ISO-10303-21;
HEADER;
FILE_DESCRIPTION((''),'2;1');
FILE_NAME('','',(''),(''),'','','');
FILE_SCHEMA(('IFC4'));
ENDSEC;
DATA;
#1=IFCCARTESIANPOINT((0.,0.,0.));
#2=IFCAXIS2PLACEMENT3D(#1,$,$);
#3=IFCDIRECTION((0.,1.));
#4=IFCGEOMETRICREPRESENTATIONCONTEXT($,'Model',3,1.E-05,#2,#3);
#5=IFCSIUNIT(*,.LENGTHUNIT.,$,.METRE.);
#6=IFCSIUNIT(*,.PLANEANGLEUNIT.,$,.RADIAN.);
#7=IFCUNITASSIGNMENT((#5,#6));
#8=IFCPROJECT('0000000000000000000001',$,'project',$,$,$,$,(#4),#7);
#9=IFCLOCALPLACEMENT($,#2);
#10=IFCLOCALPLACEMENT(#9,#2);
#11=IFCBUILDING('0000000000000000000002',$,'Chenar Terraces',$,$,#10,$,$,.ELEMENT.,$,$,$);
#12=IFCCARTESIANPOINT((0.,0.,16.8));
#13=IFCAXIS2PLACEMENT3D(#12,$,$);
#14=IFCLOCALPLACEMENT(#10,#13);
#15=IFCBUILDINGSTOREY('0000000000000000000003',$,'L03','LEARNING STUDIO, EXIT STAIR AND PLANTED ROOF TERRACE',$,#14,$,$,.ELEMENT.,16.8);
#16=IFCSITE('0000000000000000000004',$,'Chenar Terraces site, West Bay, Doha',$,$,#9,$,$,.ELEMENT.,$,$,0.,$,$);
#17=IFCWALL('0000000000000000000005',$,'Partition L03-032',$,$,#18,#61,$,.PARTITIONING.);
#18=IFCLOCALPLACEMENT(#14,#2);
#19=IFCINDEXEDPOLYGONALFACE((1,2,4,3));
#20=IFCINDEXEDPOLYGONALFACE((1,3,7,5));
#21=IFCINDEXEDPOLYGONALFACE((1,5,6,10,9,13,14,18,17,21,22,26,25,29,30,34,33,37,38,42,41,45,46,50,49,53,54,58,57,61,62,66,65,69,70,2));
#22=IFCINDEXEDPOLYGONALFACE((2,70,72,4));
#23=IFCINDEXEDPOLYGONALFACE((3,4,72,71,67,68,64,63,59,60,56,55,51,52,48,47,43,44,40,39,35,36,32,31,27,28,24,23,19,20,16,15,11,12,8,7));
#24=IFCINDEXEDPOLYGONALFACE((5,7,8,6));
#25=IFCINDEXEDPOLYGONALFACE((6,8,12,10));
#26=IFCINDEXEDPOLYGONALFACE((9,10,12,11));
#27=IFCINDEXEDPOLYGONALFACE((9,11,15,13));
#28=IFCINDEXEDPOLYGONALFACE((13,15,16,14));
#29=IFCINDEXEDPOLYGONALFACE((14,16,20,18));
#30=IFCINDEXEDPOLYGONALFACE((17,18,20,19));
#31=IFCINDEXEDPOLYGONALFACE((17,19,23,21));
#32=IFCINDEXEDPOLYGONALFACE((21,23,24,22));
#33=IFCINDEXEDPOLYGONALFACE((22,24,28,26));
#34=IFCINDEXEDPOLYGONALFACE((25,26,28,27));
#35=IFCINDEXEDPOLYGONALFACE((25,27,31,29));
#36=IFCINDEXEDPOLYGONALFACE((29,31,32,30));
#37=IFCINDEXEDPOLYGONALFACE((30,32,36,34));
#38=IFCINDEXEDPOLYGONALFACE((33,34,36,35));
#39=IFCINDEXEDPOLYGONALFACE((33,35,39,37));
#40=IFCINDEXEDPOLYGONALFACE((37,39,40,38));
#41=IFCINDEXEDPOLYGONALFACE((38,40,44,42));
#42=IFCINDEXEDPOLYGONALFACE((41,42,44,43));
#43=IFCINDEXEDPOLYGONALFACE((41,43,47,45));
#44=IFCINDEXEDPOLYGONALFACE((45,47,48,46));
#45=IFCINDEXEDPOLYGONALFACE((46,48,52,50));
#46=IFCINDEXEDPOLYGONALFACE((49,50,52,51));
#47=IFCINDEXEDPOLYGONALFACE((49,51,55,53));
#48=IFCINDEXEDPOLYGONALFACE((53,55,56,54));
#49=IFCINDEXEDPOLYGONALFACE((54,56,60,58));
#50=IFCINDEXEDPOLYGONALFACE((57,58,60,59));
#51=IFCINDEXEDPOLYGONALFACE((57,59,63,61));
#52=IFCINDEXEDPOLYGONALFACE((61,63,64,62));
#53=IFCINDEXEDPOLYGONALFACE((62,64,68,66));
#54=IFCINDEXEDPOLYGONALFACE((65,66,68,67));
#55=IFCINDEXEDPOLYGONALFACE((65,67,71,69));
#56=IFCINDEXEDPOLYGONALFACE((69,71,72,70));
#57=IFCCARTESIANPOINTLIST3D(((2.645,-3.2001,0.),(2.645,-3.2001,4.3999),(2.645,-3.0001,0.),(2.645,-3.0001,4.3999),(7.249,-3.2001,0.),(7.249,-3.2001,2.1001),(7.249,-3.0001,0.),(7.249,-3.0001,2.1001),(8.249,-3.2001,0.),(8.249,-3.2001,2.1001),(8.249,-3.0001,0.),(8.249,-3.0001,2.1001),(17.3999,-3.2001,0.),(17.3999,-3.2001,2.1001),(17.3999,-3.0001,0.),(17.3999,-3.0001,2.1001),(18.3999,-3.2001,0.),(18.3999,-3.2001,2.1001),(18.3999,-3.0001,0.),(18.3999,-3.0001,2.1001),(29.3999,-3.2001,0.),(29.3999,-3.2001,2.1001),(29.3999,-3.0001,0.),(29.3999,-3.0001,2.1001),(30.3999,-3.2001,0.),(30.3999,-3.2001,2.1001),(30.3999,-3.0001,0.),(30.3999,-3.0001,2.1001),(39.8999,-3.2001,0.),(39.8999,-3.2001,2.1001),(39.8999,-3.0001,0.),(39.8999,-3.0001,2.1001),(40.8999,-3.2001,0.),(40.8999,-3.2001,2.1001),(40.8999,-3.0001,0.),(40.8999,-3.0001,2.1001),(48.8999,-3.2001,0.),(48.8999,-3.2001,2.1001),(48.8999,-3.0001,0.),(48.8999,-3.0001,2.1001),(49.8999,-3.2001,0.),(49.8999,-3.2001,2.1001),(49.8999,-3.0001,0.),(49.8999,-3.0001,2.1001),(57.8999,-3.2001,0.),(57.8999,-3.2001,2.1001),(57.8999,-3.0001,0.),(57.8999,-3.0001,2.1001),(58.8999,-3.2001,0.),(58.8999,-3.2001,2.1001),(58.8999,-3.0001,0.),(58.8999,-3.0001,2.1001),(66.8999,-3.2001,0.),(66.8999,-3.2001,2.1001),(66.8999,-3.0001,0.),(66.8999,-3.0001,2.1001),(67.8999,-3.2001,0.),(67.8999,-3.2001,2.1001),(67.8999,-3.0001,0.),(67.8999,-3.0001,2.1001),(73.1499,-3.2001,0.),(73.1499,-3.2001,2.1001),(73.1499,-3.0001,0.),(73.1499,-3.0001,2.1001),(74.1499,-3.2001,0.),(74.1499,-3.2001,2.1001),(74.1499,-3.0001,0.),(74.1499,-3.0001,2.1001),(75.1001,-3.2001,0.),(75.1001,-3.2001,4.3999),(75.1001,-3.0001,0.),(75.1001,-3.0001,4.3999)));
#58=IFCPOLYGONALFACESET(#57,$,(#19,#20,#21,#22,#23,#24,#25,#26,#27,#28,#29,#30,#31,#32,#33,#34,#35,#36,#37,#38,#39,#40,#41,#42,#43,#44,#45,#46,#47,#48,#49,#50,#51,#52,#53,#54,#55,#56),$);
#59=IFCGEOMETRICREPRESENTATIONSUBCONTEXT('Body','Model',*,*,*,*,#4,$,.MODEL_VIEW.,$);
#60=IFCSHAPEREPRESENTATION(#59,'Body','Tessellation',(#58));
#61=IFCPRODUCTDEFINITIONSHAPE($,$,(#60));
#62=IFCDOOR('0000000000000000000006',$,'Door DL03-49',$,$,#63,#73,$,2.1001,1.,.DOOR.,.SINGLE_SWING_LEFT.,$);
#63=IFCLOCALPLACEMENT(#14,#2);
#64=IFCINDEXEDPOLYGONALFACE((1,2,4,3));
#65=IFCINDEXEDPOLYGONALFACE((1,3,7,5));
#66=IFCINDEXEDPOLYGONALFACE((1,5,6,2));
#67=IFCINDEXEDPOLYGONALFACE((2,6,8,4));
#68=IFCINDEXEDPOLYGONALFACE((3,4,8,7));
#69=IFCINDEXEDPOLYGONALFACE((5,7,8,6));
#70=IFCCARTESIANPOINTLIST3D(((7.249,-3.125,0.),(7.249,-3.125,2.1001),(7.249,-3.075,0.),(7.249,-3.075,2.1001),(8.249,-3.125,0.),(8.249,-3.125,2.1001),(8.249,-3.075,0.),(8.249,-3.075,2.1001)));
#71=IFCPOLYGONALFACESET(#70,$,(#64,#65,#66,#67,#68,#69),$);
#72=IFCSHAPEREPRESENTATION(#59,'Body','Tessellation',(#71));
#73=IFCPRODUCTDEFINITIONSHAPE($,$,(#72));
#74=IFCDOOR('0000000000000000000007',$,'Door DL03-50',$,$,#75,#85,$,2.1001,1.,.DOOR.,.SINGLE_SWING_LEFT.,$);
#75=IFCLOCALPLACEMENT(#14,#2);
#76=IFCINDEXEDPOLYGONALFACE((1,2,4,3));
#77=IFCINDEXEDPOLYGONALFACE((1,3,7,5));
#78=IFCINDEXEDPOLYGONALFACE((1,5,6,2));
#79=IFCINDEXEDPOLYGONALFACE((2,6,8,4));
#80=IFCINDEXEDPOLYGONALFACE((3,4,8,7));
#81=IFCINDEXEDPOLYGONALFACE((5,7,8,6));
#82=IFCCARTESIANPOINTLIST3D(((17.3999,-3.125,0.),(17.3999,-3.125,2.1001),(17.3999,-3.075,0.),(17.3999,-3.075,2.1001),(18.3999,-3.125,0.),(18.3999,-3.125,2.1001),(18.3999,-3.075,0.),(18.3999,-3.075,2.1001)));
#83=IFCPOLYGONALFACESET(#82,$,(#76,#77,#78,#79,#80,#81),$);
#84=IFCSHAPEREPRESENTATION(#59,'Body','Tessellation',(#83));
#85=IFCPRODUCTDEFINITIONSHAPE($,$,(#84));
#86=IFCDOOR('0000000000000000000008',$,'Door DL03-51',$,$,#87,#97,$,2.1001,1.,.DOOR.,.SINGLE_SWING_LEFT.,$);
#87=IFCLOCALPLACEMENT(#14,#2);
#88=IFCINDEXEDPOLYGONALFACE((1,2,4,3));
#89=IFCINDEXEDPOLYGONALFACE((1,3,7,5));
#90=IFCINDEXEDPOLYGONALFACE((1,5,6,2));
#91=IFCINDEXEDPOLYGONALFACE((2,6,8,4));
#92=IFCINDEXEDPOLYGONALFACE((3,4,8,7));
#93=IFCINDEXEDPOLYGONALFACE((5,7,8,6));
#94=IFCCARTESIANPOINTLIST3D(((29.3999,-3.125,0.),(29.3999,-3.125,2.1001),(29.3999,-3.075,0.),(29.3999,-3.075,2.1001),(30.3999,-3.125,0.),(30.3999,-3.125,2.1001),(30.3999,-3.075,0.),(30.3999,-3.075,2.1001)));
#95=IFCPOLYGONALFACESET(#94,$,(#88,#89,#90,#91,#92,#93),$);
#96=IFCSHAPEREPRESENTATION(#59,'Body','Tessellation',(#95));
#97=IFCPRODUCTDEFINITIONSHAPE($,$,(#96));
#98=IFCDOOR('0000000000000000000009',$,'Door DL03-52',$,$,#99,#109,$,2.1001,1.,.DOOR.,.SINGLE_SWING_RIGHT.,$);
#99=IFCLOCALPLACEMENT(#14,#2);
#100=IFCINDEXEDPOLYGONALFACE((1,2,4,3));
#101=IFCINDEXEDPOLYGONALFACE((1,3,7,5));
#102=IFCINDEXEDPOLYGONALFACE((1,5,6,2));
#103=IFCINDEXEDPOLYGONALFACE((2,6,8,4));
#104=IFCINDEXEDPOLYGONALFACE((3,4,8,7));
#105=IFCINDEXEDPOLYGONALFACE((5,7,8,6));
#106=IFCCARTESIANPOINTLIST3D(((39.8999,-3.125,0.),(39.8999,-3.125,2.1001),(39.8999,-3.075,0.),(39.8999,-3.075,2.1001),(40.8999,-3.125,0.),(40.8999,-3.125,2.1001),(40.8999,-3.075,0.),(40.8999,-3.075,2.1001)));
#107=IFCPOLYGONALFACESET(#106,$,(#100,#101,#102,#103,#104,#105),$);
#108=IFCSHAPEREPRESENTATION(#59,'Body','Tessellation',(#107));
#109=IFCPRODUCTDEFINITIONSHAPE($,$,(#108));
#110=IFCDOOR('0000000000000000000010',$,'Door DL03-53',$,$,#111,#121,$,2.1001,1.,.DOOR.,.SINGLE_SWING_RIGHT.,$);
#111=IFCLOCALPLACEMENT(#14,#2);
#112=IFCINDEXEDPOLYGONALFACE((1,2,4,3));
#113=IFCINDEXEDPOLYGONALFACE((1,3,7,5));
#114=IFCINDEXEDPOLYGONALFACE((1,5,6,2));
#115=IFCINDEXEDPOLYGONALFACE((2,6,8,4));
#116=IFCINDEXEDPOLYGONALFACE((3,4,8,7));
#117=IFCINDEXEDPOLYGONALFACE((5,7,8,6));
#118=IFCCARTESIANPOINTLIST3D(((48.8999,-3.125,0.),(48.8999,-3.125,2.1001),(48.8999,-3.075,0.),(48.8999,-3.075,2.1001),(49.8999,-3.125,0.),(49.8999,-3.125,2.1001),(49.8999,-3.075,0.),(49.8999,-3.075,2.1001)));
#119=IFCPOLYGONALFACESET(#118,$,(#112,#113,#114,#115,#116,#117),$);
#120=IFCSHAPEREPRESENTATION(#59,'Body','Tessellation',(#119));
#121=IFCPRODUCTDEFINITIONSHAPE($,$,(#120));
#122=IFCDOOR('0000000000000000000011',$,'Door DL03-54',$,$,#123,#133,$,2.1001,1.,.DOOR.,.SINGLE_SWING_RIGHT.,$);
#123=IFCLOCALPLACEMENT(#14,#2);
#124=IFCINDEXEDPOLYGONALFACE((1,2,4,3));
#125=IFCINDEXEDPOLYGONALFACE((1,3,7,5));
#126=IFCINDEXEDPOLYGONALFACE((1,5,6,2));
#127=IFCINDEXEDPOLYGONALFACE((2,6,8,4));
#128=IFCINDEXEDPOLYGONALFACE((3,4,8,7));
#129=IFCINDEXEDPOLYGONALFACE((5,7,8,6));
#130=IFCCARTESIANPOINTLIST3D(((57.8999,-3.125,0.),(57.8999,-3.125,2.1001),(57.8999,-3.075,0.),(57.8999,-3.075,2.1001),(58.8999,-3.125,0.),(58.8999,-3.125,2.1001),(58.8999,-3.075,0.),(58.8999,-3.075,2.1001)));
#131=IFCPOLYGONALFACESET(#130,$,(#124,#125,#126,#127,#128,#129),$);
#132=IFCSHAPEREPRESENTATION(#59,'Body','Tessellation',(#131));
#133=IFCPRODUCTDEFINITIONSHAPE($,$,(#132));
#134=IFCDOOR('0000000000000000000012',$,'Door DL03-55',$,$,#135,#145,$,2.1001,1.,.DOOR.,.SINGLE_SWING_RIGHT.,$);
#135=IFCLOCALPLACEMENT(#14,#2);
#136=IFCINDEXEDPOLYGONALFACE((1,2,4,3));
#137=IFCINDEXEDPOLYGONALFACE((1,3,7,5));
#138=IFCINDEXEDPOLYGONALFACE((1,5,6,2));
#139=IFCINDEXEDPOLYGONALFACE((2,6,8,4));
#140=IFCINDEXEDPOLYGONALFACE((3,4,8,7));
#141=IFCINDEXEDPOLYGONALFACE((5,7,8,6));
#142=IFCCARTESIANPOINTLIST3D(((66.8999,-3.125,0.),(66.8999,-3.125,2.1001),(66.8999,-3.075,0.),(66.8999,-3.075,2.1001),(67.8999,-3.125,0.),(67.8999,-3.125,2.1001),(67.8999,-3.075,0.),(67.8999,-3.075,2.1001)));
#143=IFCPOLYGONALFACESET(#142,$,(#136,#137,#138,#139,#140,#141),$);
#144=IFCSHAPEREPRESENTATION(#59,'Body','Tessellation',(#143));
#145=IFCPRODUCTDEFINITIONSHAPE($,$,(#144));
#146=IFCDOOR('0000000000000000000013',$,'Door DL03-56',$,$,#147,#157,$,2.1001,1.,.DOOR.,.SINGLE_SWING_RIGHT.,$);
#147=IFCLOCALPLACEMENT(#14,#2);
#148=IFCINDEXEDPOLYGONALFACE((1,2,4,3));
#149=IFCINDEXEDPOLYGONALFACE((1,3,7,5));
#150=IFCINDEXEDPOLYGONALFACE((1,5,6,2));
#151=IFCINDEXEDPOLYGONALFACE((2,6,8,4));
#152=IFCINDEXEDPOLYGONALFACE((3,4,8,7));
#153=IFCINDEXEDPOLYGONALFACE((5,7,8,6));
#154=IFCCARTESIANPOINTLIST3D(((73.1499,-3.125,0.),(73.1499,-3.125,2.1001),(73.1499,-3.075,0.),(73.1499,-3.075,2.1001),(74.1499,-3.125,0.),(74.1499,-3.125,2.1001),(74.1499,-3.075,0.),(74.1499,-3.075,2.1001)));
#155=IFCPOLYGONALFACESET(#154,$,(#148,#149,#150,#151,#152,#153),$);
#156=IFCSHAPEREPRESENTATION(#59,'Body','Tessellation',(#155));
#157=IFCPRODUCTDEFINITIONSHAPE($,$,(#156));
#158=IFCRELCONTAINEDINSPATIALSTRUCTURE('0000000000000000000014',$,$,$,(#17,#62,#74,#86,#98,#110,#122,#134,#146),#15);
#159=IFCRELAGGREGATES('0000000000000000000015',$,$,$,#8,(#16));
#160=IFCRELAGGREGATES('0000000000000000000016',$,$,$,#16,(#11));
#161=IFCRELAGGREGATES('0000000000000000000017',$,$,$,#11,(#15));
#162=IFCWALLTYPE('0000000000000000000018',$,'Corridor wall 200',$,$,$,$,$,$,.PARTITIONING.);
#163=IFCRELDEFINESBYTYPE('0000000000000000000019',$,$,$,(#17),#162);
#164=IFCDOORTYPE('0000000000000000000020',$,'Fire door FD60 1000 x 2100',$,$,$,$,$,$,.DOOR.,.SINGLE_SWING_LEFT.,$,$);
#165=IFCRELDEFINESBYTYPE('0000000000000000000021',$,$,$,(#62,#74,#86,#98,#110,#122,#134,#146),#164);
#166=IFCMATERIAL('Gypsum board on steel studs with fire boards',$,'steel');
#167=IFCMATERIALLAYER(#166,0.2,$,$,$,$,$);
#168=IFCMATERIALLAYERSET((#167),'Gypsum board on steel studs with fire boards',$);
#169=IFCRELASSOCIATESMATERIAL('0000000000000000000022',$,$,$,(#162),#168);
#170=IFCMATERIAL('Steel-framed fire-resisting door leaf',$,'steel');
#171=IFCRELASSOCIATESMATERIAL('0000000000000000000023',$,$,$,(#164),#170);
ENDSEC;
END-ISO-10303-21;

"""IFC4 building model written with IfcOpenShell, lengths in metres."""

from ifc_helpers import new_model, si_unit, direction, frame, frame_2d, origin, place, context, subcontext, project, spatial, rectangle, extrude, material, layer, layer_set, type_object, element, fill, save


model = new_model("IFC4")

# Units and contexts
model_context = context("Model", 3, precision=1e-05, world=origin(), true_north=direction((0.0, 1.0)))
body_context = subcontext(model_context, "Body", "Model", "MODEL_VIEW")
ifc_project = project(units=[si_unit("LENGTHUNIT", "METRE"), si_unit("PLANEANGLEUNIT", "RADIAN")], contexts=[model_context])

# Site, building, storey
site_placement = place(None, origin())
site = spatial("IfcSite", under=ifc_project, at=site_placement, Name="Chenar Terraces site, West Bay, Doha", CompositionType="ELEMENT", RefElevation=0.0)
building_placement = place(site_placement, origin())
building = spatial("IfcBuilding", under=site, at=building_placement, Name="Chenar Terraces", CompositionType="ELEMENT")
storey_placement = place(building_placement, frame((0.0, 0.0, 16.8)))
storey = spatial("IfcBuildingStorey", under=building, at=storey_placement, Name="L03", Description="LEARNING STUDIO, EXIT STAIR AND PLANTED ROOF TERRACE", CompositionType="ELEMENT", Elevation=16.8)

# Wall, openings, doors
ifc_material_1 = material(Name="Gypsum board on steel studs with fire boards", Category="steel")
ifc_layer_1 = layer(ifc_material_1, 0.2)
ifc_layer_set_1 = layer_set([ifc_layer_1], Name="Gypsum board on steel studs with fire boards")
wall_type_1 = type_object("IfcWallType", Name="Corridor wall 200", PredefinedType="PARTITIONING", material=ifc_layer_set_1)
wall_1_placement = place(storey_placement, frame((2.645, -3.1001, 0.0), z_axis=(0.0, 0.0, 1.0), x_axis=(1.0, 0.0, 0.0)))
wall_1 = element("IfcWall", 1, at=wall_1_placement, inside=storey, type_object=wall_type_1, Name="Partition L03-032", PredefinedType="PARTITIONING", context=body_context, shape_type="SweptSolid", body=[
    extrude(rectangle(XDim=72.4551, YDim=0.2, at=frame_2d((36.2275, 0.0))), origin(), (0.0, 0.0, 1.0), 4.3999),
])
opening_1_placement = place(wall_1_placement, frame((4.604, 0.0, 0.0)))
opening_1 = element("IfcOpeningElement", 2, at=opening_1_placement, cuts=wall_1, PredefinedType="OPENING", context=body_context, shape_type="SweptSolid", body=[
    extrude(rectangle(XDim=1.0, YDim=2.1001, at=frame_2d((0.5, 1.05))), frame((0.0, 0.1099, 0.0), z_axis=(0.0, -1.0, 0.0), x_axis=(1.0, 0.0, 0.0)), (0.0, 0.0, 1.0), 0.22),
])
opening_2_placement = place(wall_1_placement, frame((14.7549, 0.0, 0.0)))
opening_2 = element("IfcOpeningElement", 3, at=opening_2_placement, cuts=wall_1, PredefinedType="OPENING", context=body_context, shape_type="SweptSolid", body=[
    extrude(rectangle(XDim=1.0, YDim=2.1001, at=frame_2d((0.5, 1.05))), frame((0.0, 0.1099, 0.0), z_axis=(0.0, -1.0, 0.0), x_axis=(1.0, 0.0, 0.0)), (0.0, 0.0, 1.0), 0.22),
])
opening_3_placement = place(wall_1_placement, frame((26.7549, 0.0, 0.0)))
opening_3 = element("IfcOpeningElement", 4, at=opening_3_placement, cuts=wall_1, PredefinedType="OPENING", context=body_context, shape_type="SweptSolid", body=[
    extrude(rectangle(XDim=1.0, YDim=2.1001, at=frame_2d((0.5, 1.05))), frame((0.0, 0.1099, 0.0), z_axis=(0.0, -1.0, 0.0), x_axis=(1.0, 0.0, 0.0)), (0.0, 0.0, 1.0), 0.22),
])
opening_4_placement = place(wall_1_placement, frame((37.2549, 0.0, 0.0)))
opening_4 = element("IfcOpeningElement", 5, at=opening_4_placement, cuts=wall_1, PredefinedType="OPENING", context=body_context, shape_type="SweptSolid", body=[
    extrude(rectangle(XDim=1.0, YDim=2.1001, at=frame_2d((0.5, 1.05))), frame((0.0, 0.1099, 0.0), z_axis=(0.0, -1.0, 0.0), x_axis=(1.0, 0.0, 0.0)), (0.0, 0.0, 1.0), 0.22),
])
opening_5_placement = place(wall_1_placement, frame((46.2549, 0.0, 0.0)))
opening_5 = element("IfcOpeningElement", 6, at=opening_5_placement, cuts=wall_1, PredefinedType="OPENING", context=body_context, shape_type="SweptSolid", body=[
    extrude(rectangle(XDim=1.0, YDim=2.1001, at=frame_2d((0.5, 1.05))), frame((0.0, 0.1099, 0.0), z_axis=(0.0, -1.0, 0.0), x_axis=(1.0, 0.0, 0.0)), (0.0, 0.0, 1.0), 0.22),
])
opening_6_placement = place(wall_1_placement, frame((55.2549, 0.0, 0.0)))
opening_6 = element("IfcOpeningElement", 7, at=opening_6_placement, cuts=wall_1, PredefinedType="OPENING", context=body_context, shape_type="SweptSolid", body=[
    extrude(rectangle(XDim=1.0, YDim=2.1001, at=frame_2d((0.5, 1.05))), frame((0.0, 0.1099, 0.0), z_axis=(0.0, -1.0, 0.0), x_axis=(1.0, 0.0, 0.0)), (0.0, 0.0, 1.0), 0.22),
])
opening_7_placement = place(wall_1_placement, frame((64.2549, 0.0, 0.0)))
opening_7 = element("IfcOpeningElement", 8, at=opening_7_placement, cuts=wall_1, PredefinedType="OPENING", context=body_context, shape_type="SweptSolid", body=[
    extrude(rectangle(XDim=1.0, YDim=2.1001, at=frame_2d((0.5, 1.05))), frame((0.0, 0.1099, 0.0), z_axis=(0.0, -1.0, 0.0), x_axis=(1.0, 0.0, 0.0)), (0.0, 0.0, 1.0), 0.22),
])
opening_8_placement = place(wall_1_placement, frame((70.5049, 0.0, 0.0)))
opening_8 = element("IfcOpeningElement", 9, at=opening_8_placement, cuts=wall_1, PredefinedType="OPENING", context=body_context, shape_type="SweptSolid", body=[
    extrude(rectangle(XDim=1.0, YDim=2.1001, at=frame_2d((0.5, 1.05))), frame((0.0, 0.1099, 0.0), z_axis=(0.0, -1.0, 0.0), x_axis=(1.0, 0.0, 0.0)), (0.0, 0.0, 1.0), 0.22),
])
ifc_material_2 = material(Name="Steel-framed fire-resisting door leaf", Category="steel")
door_type_1 = type_object("IfcDoorType", Name="Fire door FD60 1000 x 2100", OperationType="SINGLE_SWING_LEFT", PredefinedType="DOOR", material=ifc_material_2)
door_1_placement = place(opening_1_placement, frame((1.0, 0.0, 0.0), z_axis=(0.0, 0.0, 1.0), x_axis=(-1.0, 0.0, 0.0)))
door_1 = element("IfcDoor", 10, at=door_1_placement, inside=storey, type_object=door_type_1, Name="Door DL03-49", OperationType="SINGLE_SWING_LEFT", OverallHeight=2.1001, OverallWidth=1.0, PredefinedType="DOOR", context=body_context, shape_type="SweptSolid", body=[
    extrude(rectangle(XDim=1.0, YDim=2.1001, at=frame_2d((0.5, 1.05))), frame((0.0, 0.0249, 0.0), z_axis=(0.0, -1.0, 0.0), x_axis=(1.0, 0.0, 0.0)), (0.0, 0.0, 1.0), 0.05),
])
fill(opening_1, door_1)
door_2_placement = place(opening_2_placement, frame((1.0, 0.0, 0.0), z_axis=(0.0, 0.0, 1.0), x_axis=(-1.0, 0.0, 0.0)))
door_2 = element("IfcDoor", 11, at=door_2_placement, inside=storey, type_object=door_type_1, Name="Door DL03-50", OperationType="SINGLE_SWING_LEFT", OverallHeight=2.1001, OverallWidth=1.0, PredefinedType="DOOR", context=body_context, shape_type="SweptSolid", body=[
    extrude(rectangle(XDim=1.0, YDim=2.1001, at=frame_2d((0.5, 1.05))), frame((0.0, 0.0249, 0.0), z_axis=(0.0, -1.0, 0.0), x_axis=(1.0, 0.0, 0.0)), (0.0, 0.0, 1.0), 0.05),
])
fill(opening_2, door_2)
door_3_placement = place(opening_3_placement, frame((1.0, 0.0, 0.0), z_axis=(0.0, 0.0, 1.0), x_axis=(-1.0, 0.0, 0.0)))
door_3 = element("IfcDoor", 12, at=door_3_placement, inside=storey, type_object=door_type_1, Name="Door DL03-51", OperationType="SINGLE_SWING_LEFT", OverallHeight=2.1001, OverallWidth=1.0, PredefinedType="DOOR", context=body_context, shape_type="SweptSolid", body=[
    extrude(rectangle(XDim=1.0, YDim=2.1001, at=frame_2d((0.5, 1.05))), frame((0.0, 0.0249, 0.0), z_axis=(0.0, -1.0, 0.0), x_axis=(1.0, 0.0, 0.0)), (0.0, 0.0, 1.0), 0.05),
])
fill(opening_3, door_3)
door_4_placement = place(opening_4_placement, frame((1.0, 0.0, 0.0), z_axis=(0.0, 0.0, 1.0), x_axis=(-1.0, 0.0, 0.0)))
door_4 = element("IfcDoor", 13, at=door_4_placement, inside=storey, type_object=door_type_1, Name="Door DL03-52", OperationType="SINGLE_SWING_RIGHT", OverallHeight=2.1001, OverallWidth=1.0, PredefinedType="DOOR", context=body_context, shape_type="SweptSolid", body=[
    extrude(rectangle(XDim=1.0, YDim=2.1001, at=frame_2d((0.5, 1.05))), frame((0.0, 0.0249, 0.0), z_axis=(0.0, -1.0, 0.0), x_axis=(1.0, 0.0, 0.0)), (0.0, 0.0, 1.0), 0.05),
])
fill(opening_4, door_4)
door_5_placement = place(opening_5_placement, frame((1.0, 0.0, 0.0), z_axis=(0.0, 0.0, 1.0), x_axis=(-1.0, 0.0, 0.0)))
door_5 = element("IfcDoor", 14, at=door_5_placement, inside=storey, type_object=door_type_1, Name="Door DL03-53", OperationType="SINGLE_SWING_RIGHT", OverallHeight=2.1001, OverallWidth=1.0, PredefinedType="DOOR", context=body_context, shape_type="SweptSolid", body=[
    extrude(rectangle(XDim=1.0, YDim=2.1001, at=frame_2d((0.5, 1.05))), frame((0.0, 0.0249, 0.0), z_axis=(0.0, -1.0, 0.0), x_axis=(1.0, 0.0, 0.0)), (0.0, 0.0, 1.0), 0.05),
])
fill(opening_5, door_5)
door_6_placement = place(opening_6_placement, frame((1.0, 0.0, 0.0), z_axis=(0.0, 0.0, 1.0), x_axis=(-1.0, 0.0, 0.0)))
door_6 = element("IfcDoor", 15, at=door_6_placement, inside=storey, type_object=door_type_1, Name="Door DL03-54", OperationType="SINGLE_SWING_RIGHT", OverallHeight=2.1001, OverallWidth=1.0, PredefinedType="DOOR", context=body_context, shape_type="SweptSolid", body=[
    extrude(rectangle(XDim=1.0, YDim=2.1001, at=frame_2d((0.5, 1.05))), frame((0.0, 0.0249, 0.0), z_axis=(0.0, -1.0, 0.0), x_axis=(1.0, 0.0, 0.0)), (0.0, 0.0, 1.0), 0.05),
])
fill(opening_6, door_6)
door_7_placement = place(opening_7_placement, frame((1.0, 0.0, 0.0), z_axis=(0.0, 0.0, 1.0), x_axis=(-1.0, 0.0, 0.0)))
door_7 = element("IfcDoor", 16, at=door_7_placement, inside=storey, type_object=door_type_1, Name="Door DL03-55", OperationType="SINGLE_SWING_RIGHT", OverallHeight=2.1001, OverallWidth=1.0, PredefinedType="DOOR", context=body_context, shape_type="SweptSolid", body=[
    extrude(rectangle(XDim=1.0, YDim=2.1001, at=frame_2d((0.5, 1.05))), frame((0.0, 0.0249, 0.0), z_axis=(0.0, -1.0, 0.0), x_axis=(1.0, 0.0, 0.0)), (0.0, 0.0, 1.0), 0.05),
])
fill(opening_7, door_7)
door_8_placement = place(opening_8_placement, frame((1.0, 0.0, 0.0), z_axis=(0.0, 0.0, 1.0), x_axis=(-1.0, 0.0, 0.0)))
door_8 = element("IfcDoor", 17, at=door_8_placement, inside=storey, type_object=door_type_1, Name="Door DL03-56", OperationType="SINGLE_SWING_RIGHT", OverallHeight=2.1001, OverallWidth=1.0, PredefinedType="DOOR", context=body_context, shape_type="SweptSolid", body=[
    extrude(rectangle(XDim=1.0, YDim=2.1001, at=frame_2d((0.5, 1.05))), frame((0.0, 0.0249, 0.0), z_axis=(0.0, -1.0, 0.0), x_axis=(1.0, 0.0, 0.0)), (0.0, 0.0, 1.0), 0.05),
])
fill(opening_8, door_8)

save(model, "model.ifc")
